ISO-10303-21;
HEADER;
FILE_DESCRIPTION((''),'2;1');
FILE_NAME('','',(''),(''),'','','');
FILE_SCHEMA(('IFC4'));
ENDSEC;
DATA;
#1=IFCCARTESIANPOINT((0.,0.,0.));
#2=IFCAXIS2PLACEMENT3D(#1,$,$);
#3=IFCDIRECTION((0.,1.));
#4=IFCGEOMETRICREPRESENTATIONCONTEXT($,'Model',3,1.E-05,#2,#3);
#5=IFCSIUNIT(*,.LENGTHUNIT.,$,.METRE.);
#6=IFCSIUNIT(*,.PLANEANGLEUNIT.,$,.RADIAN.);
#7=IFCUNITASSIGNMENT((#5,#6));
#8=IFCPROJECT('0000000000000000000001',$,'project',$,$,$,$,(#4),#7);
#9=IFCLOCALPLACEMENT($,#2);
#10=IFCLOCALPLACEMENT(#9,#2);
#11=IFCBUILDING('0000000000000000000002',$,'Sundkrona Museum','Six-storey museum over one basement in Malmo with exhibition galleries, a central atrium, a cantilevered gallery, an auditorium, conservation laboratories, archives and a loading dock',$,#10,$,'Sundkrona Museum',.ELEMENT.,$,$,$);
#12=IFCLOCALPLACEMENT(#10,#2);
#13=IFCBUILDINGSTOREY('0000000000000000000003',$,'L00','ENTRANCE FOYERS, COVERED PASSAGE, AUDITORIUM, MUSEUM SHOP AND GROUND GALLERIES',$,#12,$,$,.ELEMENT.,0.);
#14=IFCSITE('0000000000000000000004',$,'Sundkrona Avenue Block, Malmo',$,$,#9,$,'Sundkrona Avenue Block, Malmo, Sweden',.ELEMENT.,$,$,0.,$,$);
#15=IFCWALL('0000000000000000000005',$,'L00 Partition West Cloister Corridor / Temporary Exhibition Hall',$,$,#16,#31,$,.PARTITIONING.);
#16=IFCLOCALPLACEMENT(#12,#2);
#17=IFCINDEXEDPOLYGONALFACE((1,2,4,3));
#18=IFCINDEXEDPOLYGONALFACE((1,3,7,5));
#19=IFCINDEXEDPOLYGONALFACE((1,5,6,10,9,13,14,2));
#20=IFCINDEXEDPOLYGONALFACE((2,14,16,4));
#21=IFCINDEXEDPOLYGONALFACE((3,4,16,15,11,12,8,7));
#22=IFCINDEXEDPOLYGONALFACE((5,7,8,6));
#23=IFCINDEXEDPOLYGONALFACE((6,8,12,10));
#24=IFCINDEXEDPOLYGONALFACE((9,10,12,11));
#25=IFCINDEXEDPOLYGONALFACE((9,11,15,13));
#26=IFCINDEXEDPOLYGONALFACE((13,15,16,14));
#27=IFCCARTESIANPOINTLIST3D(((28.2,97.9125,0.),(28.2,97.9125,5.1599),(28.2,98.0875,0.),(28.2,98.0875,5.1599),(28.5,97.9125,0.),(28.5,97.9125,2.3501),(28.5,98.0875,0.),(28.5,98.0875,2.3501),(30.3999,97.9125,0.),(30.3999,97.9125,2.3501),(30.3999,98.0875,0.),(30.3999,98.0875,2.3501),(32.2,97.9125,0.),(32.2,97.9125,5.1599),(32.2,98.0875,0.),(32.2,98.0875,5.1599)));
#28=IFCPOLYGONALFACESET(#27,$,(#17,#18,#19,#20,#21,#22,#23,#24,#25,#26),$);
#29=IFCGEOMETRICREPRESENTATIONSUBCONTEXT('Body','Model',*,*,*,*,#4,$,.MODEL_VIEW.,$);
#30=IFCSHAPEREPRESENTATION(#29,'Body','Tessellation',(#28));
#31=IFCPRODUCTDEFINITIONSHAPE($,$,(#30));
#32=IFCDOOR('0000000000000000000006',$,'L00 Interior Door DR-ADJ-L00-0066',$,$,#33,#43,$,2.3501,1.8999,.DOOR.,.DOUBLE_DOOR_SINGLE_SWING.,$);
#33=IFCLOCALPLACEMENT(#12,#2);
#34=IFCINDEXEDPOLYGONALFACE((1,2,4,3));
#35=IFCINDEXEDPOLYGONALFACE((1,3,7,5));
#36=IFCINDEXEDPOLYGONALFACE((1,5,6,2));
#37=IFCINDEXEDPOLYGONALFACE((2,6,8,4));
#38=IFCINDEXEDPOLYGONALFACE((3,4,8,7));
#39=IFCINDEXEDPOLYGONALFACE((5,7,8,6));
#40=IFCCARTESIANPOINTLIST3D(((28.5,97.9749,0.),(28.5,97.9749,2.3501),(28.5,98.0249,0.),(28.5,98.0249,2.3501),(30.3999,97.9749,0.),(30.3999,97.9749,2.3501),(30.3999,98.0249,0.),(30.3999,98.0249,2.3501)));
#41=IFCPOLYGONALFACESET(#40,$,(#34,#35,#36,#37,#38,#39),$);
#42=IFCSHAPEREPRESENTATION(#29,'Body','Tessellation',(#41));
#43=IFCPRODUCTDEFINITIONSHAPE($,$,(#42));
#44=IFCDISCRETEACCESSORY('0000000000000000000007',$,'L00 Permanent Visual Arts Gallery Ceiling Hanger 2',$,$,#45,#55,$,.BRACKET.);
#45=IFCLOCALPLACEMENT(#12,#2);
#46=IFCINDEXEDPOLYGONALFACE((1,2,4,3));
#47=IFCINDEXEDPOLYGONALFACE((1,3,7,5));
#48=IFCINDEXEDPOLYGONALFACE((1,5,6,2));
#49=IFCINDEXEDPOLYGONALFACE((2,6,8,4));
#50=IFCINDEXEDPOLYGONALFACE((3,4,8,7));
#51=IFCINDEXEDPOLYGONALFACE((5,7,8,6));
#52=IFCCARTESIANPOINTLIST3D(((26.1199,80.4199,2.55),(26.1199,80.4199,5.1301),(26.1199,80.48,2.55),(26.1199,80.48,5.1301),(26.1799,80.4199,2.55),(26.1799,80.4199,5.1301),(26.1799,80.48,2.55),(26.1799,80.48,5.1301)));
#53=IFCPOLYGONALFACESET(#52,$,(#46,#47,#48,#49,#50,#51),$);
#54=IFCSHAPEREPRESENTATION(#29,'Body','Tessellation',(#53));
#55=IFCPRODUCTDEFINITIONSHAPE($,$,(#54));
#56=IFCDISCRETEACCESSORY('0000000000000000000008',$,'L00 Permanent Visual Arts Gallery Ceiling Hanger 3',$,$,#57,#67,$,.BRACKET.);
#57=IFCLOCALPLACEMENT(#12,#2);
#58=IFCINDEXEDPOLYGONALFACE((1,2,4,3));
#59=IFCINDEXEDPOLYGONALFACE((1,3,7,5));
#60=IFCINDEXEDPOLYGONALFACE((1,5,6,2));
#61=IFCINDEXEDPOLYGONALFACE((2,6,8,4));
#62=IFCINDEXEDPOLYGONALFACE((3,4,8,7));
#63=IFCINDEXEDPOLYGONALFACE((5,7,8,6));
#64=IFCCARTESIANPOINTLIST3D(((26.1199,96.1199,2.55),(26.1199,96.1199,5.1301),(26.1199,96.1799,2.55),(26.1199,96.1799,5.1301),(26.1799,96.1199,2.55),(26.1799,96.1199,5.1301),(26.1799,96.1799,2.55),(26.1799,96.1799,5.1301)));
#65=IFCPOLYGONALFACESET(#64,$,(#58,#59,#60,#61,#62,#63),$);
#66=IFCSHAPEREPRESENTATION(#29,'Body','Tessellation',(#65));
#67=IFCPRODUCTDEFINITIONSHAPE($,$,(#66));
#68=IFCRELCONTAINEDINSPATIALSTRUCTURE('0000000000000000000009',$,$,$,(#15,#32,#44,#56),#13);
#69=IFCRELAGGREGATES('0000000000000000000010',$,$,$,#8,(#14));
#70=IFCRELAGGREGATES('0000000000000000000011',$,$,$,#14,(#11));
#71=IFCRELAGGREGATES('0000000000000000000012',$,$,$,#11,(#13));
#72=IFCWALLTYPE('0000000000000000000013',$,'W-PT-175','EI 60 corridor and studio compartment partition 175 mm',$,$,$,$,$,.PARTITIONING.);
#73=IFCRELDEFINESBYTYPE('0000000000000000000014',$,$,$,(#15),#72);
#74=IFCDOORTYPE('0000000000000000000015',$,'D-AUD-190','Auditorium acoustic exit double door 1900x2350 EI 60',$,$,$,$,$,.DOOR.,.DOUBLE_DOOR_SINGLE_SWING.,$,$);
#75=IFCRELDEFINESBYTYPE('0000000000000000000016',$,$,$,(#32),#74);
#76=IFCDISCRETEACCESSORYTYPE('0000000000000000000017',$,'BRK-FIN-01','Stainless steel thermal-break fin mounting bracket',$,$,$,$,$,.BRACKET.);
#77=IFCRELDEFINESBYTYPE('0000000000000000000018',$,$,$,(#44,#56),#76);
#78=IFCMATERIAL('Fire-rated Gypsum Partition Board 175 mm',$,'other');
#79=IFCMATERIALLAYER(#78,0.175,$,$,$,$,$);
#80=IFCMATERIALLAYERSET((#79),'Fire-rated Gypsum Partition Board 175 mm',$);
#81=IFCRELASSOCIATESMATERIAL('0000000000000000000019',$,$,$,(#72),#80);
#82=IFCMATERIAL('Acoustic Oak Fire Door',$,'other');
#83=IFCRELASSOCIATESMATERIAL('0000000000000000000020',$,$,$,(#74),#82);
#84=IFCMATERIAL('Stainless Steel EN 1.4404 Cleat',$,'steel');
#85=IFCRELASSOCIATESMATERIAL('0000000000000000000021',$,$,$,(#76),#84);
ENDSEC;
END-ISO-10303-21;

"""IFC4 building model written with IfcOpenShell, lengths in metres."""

from ifc_helpers import new_model, si_unit, direction, frame, frame_2d, origin, origin_2d, place, context, subcontext, project, spatial, rectangle, extrude, material, layer, layer_set, type_object, element, fill, save


model = new_model("IFC4")

# Units and contexts
model_context = context("Model", 3, precision=1e-05, world=origin(), true_north=direction((0.0, 1.0)))
body_context = subcontext(model_context, "Body", "Model", "MODEL_VIEW")
ifc_project = project(units=[si_unit("LENGTHUNIT", "METRE"), si_unit("PLANEANGLEUNIT", "RADIAN")], contexts=[model_context])

# Site, building, storey
site_placement = place(None, origin())
site = spatial("IfcSite", under=ifc_project, at=site_placement, Name="Sundkrona Avenue Block, Malmo", LongName="Sundkrona Avenue Block, Malmo, Sweden", CompositionType="ELEMENT", RefElevation=0.0)
building_placement = place(site_placement, origin())
building = spatial("IfcBuilding", under=site, at=building_placement, Name="Sundkrona Museum", Description="Six-storey museum over one basement in Malmo with exhibition galleries, a central atrium, a cantilevered gallery, an auditorium, conservation laboratories, archives and a loading dock", LongName="Sundkrona Museum", CompositionType="ELEMENT")
storey_placement = place(building_placement, origin())
storey = spatial("IfcBuildingStorey", under=building, at=storey_placement, Name="L00", Description="ENTRANCE FOYERS, COVERED PASSAGE, AUDITORIUM, MUSEUM SHOP AND GROUND GALLERIES", CompositionType="ELEMENT", Elevation=0.0)

# Wall, opening, door
ifc_material_1 = material(Name="Fire-rated Gypsum Partition Board 175 mm", Category="other")
ifc_layer = layer(ifc_material_1, 0.175)
ifc_layer_set = layer_set([ifc_layer], Name="Fire-rated Gypsum Partition Board 175 mm")
wall_type = type_object("IfcWallType", Name="W-PT-175", Description="EI 60 corridor and studio compartment partition 175 mm", PredefinedType="PARTITIONING", material=ifc_layer_set)
wall_placement = place(storey_placement, frame((28.2, 98.0, 0.0), z_axis=(0.0, 0.0, 1.0), x_axis=(1.0, 0.0, 0.0)))
wall = element("IfcWall", 1, at=wall_placement, inside=storey, type_object=wall_type, Name="L00 Partition West Cloister Corridor / Temporary Exhibition Hall", PredefinedType="PARTITIONING", context=body_context, shape_type="SweptSolid", body=[
    extrude(rectangle(XDim=4.0, YDim=0.175, at=frame_2d((2.0, 0.0))), origin(), (0.0, 0.0, 1.0), 5.1599),
])
opening_placement = place(wall_placement, frame((0.3, 0.0, 0.0)))
opening = element("IfcOpeningElement", 2, at=opening_placement, cuts=wall, PredefinedType="OPENING", context=body_context, shape_type="SweptSolid", body=[
    extrude(rectangle(XDim=1.8999, YDim=2.3501, at=frame_2d((0.95, 1.175))), frame((0.0, 0.0974, 0.0), z_axis=(0.0, -1.0, 0.0), x_axis=(1.0, 0.0, 0.0)), (0.0, 0.0, 1.0), 0.1951),
])
ifc_material_2 = material(Name="Acoustic Oak Fire Door", Category="other")
door_type = type_object("IfcDoorType", Name="D-AUD-190", Description="Auditorium acoustic exit double door 1900x2350 EI 60", OperationType="DOUBLE_DOOR_SINGLE_SWING", PredefinedType="DOOR", material=ifc_material_2)
door_placement = place(opening_placement, origin())
door = element("IfcDoor", 3, at=door_placement, inside=storey, type_object=door_type, Name="L00 Interior Door DR-ADJ-L00-0066", OperationType="DOUBLE_DOOR_SINGLE_SWING", OverallHeight=2.3501, OverallWidth=1.8999, PredefinedType="DOOR", context=body_context, shape_type="SweptSolid", body=[
    extrude(rectangle(XDim=1.8999, YDim=2.3501, at=frame_2d((0.95, 1.175))), frame((0.0, 0.0249, 0.0), z_axis=(0.0, -1.0, 0.0), x_axis=(1.0, 0.0, 0.0)), (0.0, 0.0, 1.0), 0.05),
])
fill(opening, door)

# Discrete accessories
ifc_material_3 = material(Name="Stainless Steel EN 1.4404 Cleat", Category="steel")
discrete_accessory_type = type_object("IfcDiscreteAccessoryType", Name="BRK-FIN-01", Description="Stainless steel thermal-break fin mounting bracket", PredefinedType="BRACKET", material=ifc_material_3)
for number, where, z_axis, x_axis, name in (
    (4, (26.1499, 80.45, 2.55), (0.0, 0.0, 1.0), (1.0, 0.0, 0.0), "L00 Permanent Visual Arts Gallery Ceiling Hanger 2"),
    (5, (26.1499, 96.1499, 2.55), (0.0, 0.0, 1.0), (1.0, 0.0, 0.0), "L00 Permanent Visual Arts Gallery Ceiling Hanger 3"),
):
    element("IfcDiscreteAccessory", number, at=place(storey_placement, frame(where, z_axis=z_axis, x_axis=x_axis)), inside=storey, type_object=discrete_accessory_type, Name=name, PredefinedType="BRACKET", context=body_context, shape_type="SweptSolid", body=[
        extrude(rectangle(XDim=0.0601, YDim=0.0601, at=origin_2d()), origin(), (0.0, 0.0, 1.0), 2.5801),
    ])

save(model, "model.ifc")
